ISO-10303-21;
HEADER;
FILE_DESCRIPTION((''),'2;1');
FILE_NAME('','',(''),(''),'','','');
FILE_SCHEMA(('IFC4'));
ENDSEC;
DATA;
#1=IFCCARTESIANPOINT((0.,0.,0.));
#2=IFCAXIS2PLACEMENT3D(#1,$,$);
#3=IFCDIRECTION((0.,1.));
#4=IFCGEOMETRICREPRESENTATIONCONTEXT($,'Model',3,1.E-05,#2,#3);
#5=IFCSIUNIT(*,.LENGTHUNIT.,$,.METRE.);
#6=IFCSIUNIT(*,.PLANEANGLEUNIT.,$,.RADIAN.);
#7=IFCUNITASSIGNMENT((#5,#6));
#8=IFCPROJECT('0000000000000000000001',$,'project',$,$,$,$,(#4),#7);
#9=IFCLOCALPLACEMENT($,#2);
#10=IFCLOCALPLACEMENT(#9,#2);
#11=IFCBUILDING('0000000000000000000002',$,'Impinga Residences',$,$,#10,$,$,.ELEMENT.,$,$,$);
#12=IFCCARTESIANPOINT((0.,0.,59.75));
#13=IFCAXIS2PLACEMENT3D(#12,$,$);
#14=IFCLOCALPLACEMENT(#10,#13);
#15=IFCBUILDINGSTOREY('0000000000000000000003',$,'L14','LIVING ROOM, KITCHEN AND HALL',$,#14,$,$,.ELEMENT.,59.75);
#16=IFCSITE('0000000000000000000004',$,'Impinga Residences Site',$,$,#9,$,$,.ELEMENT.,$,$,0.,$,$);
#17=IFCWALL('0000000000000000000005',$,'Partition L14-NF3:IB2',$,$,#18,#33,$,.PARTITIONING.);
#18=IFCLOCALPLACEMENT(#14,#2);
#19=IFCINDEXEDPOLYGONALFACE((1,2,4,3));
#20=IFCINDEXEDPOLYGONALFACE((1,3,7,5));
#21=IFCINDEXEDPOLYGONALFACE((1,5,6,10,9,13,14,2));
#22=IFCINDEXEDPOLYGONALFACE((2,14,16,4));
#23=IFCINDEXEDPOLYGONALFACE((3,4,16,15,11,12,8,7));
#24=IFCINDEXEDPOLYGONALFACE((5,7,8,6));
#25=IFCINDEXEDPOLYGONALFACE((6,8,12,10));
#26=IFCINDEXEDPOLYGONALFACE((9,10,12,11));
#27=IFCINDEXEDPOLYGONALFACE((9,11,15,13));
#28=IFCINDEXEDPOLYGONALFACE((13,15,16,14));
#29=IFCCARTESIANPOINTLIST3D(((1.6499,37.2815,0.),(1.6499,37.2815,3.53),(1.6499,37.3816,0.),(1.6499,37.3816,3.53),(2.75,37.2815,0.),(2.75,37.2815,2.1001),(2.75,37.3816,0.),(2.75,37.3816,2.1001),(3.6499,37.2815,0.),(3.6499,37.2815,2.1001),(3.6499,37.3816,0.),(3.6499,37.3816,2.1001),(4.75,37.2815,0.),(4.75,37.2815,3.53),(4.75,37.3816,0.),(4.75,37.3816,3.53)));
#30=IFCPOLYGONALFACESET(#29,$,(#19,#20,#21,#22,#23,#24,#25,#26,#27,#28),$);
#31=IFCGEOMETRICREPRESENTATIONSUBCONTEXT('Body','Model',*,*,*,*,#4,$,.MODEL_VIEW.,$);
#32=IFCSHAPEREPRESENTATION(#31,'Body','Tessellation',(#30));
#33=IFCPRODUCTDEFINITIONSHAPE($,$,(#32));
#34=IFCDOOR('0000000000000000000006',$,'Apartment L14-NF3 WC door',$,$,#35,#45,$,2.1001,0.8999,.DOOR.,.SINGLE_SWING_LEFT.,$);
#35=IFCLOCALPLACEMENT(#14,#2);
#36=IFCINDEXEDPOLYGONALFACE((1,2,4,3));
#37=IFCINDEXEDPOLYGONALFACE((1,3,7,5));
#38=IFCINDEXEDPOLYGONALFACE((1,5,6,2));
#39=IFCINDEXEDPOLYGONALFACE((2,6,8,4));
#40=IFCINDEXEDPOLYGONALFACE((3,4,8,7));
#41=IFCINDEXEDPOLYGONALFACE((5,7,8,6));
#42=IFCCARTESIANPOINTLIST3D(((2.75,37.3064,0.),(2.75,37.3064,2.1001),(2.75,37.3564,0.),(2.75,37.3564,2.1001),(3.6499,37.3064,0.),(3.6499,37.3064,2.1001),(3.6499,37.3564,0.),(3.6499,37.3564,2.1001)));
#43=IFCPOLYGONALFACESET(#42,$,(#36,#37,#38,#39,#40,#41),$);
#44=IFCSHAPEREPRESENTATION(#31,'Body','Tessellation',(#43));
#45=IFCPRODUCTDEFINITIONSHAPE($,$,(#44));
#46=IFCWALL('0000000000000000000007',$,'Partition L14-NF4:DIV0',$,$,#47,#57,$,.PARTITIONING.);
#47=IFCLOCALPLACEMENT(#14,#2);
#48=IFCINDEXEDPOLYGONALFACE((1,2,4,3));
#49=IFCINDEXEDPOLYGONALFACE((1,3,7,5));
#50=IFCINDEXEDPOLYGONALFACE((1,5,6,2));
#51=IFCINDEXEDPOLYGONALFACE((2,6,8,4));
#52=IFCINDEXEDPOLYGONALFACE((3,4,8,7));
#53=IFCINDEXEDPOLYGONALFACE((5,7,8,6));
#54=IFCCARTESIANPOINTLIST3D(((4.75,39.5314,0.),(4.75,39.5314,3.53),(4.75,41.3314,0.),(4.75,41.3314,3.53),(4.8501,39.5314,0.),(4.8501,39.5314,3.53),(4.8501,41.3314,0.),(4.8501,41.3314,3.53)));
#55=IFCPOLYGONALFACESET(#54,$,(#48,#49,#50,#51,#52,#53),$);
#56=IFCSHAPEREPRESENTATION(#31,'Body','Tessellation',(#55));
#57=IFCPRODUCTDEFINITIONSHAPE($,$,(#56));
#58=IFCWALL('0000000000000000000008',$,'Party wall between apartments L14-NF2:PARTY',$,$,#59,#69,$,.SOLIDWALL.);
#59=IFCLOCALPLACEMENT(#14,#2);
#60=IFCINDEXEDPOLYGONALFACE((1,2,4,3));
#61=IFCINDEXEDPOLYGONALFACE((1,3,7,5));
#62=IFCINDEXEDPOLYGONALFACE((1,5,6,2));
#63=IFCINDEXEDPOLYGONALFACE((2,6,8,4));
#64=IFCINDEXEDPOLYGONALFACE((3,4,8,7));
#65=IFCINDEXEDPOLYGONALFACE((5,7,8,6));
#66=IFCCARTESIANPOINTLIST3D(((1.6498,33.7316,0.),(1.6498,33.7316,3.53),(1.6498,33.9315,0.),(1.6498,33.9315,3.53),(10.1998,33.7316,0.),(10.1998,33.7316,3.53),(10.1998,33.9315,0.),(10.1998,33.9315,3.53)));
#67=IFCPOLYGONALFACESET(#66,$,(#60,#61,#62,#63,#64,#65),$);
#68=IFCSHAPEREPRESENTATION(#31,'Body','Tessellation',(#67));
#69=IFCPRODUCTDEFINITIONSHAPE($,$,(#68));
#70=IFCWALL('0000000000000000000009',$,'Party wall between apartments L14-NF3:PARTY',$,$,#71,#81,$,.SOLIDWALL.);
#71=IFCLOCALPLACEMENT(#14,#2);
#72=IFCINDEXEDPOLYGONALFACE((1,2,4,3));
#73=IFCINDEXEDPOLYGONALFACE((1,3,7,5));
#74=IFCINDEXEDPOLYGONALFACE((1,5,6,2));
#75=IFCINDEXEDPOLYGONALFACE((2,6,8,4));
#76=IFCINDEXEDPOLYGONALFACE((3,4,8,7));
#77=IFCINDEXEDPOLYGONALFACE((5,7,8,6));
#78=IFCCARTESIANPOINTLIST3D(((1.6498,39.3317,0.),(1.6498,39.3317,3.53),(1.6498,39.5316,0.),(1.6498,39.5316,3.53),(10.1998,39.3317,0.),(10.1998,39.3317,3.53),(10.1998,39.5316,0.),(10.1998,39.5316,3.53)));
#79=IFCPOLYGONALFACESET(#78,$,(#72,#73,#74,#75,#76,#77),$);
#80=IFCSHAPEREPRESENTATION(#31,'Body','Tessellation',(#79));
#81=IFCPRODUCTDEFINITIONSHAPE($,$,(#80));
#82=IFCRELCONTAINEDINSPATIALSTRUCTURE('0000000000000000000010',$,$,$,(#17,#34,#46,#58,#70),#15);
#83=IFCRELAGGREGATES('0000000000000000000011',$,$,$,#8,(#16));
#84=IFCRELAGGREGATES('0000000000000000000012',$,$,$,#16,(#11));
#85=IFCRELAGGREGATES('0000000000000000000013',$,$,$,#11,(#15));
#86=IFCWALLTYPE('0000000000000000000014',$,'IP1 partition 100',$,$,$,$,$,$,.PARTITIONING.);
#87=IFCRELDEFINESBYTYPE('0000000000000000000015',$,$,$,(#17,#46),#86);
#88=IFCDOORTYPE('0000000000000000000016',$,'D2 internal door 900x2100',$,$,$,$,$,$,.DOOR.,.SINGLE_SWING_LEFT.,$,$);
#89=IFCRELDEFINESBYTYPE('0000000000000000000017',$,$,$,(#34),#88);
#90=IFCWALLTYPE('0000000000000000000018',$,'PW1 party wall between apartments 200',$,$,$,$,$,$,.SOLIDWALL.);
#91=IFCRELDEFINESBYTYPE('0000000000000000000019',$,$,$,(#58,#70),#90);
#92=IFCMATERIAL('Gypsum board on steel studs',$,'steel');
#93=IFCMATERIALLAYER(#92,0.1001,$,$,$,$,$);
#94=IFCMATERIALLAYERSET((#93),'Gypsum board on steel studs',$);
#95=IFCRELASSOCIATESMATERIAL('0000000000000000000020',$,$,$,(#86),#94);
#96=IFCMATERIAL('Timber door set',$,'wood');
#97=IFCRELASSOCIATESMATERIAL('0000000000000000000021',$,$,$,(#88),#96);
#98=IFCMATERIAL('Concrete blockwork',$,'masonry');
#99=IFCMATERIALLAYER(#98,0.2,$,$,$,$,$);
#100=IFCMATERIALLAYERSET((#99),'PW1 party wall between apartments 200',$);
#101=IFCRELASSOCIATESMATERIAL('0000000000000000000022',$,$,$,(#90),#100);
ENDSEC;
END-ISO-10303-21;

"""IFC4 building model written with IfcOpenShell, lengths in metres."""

from ifc_helpers import new_model, si_unit, direction, frame, frame_2d, origin, place, context, subcontext, project, spatial, rectangle, extrude, material, layer, layer_set, type_object, element, fill, save


model = new_model("IFC4")

# Units and contexts
model_context = context("Model", 3, precision=1e-05, world=origin(), true_north=direction((0.0, 1.0)))
body_context = subcontext(model_context, "Body", "Model", "MODEL_VIEW")
ifc_project = project(units=[si_unit("LENGTHUNIT", "METRE"), si_unit("PLANEANGLEUNIT", "RADIAN")], contexts=[model_context])

# Site, building, storey
site_placement = place(None, origin())
site = spatial("IfcSite", under=ifc_project, at=site_placement, Name="Impinga Residences Site", CompositionType="ELEMENT", RefElevation=0.0)
building_placement = place(site_placement, origin())
building = spatial("IfcBuilding", under=site, at=building_placement, Name="Impinga Residences", CompositionType="ELEMENT")
storey_placement = place(building_placement, frame((0.0, 0.0, 59.75)))
storey = spatial("IfcBuildingStorey", under=building, at=storey_placement, Name="L14", Description="LIVING ROOM, KITCHEN AND HALL", CompositionType="ELEMENT", Elevation=59.75)

# Shared definitions
ifc_material_1 = material(Name="Gypsum board on steel studs", Category="steel")
ifc_layer_1 = layer(ifc_material_1, 0.1001)
ifc_layer_set_1 = layer_set([ifc_layer_1], Name="Gypsum board on steel studs")
wall_type_1 = type_object("IfcWallType", Name="IP1 partition 100", PredefinedType="PARTITIONING", material=ifc_layer_set_1)

# Shared definitions
ifc_material_2 = material(Name="Timber door set", Category="wood")
door_type = type_object("IfcDoorType", Name="D2 internal door 900x2100", OperationType="SINGLE_SWING_LEFT", PredefinedType="DOOR", material=ifc_material_2)

# Wall, opening, door
wall_1_placement = place(storey_placement, frame((1.6499, 37.3315, 0.0), z_axis=(0.0, 0.0, 1.0), x_axis=(1.0, 0.0, 0.0)))
wall_1 = element("IfcWall", 1, at=wall_1_placement, inside=storey, type_object=wall_type_1, Name="Partition L14-NF3:IB2", PredefinedType="PARTITIONING", context=body_context, shape_type="SweptSolid", body=[
    extrude(rectangle(XDim=3.1001, YDim=0.1001, at=frame_2d((1.55, 0.0))), origin(), (0.0, 0.0, 1.0), 3.53),
])
opening_1_placement = place(wall_1_placement, frame((1.1001, 0.0, 0.0)))
opening_1 = element("IfcOpeningElement", 2, at=opening_1_placement, cuts=wall_1, PredefinedType="OPENING", context=body_context, shape_type="SweptSolid", body=[
    extrude(rectangle(XDim=0.8999, YDim=2.1001, at=frame_2d((0.45, 1.05))), frame((0.0, 0.0601, 0.0), z_axis=(0.0, -1.0, 0.0), x_axis=(1.0, 0.0, 0.0)), (0.0, 0.0, 1.0), 0.1201),
])
door_1_placement = place(opening_1_placement, origin())
door_1 = element("IfcDoor", 3, at=door_1_placement, inside=storey, type_object=door_type, Name="Apartment L14-NF3 WC door", OperationType="SINGLE_SWING_LEFT", OverallHeight=2.1001, OverallWidth=0.8999, PredefinedType="DOOR", context=body_context, shape_type="SweptSolid", body=[
    extrude(rectangle(XDim=0.8999, YDim=2.1001, at=frame_2d((0.45, 1.05))), frame((0.0, 0.0249, 0.0), z_axis=(0.0, -1.0, 0.0), x_axis=(1.0, 0.0, 0.0)), (0.0, 0.0, 1.0), 0.05),
])
fill(opening_1, door_1)

# Walls
wall_2_placement = place(storey_placement, frame((4.8, 39.5315, 0.0), z_axis=(0.0, 0.0, 1.0), x_axis=(0.0, 1.0, 0.0)))
element("IfcWall", 4, at=wall_2_placement, inside=storey, type_object=wall_type_1, Name="Partition L14-NF4:DIV0", PredefinedType="PARTITIONING", context=body_context, shape_type="SweptSolid", body=[
    extrude(rectangle(XDim=1.8, YDim=0.1001, at=frame_2d((0.8999, 0.0))), origin(), (0.0, 0.0, 1.0), 3.53),
])
ifc_material_3 = material(Name="Concrete blockwork", Category="masonry")
ifc_layer_2 = layer(ifc_material_3, 0.2)
ifc_layer_set_2 = layer_set([ifc_layer_2], Name="PW1 party wall between apartments 200")
wall_type_2 = type_object("IfcWallType", Name="PW1 party wall between apartments 200", PredefinedType="SOLIDWALL", material=ifc_layer_set_2)
for number, where, z_axis, x_axis, name in (
    (5, (1.6499, 33.8315, 0.0), (0.0, 0.0, 1.0), (1.0, 0.0, 0.0), "Party wall between apartments L14-NF2:PARTY"),
    (6, (1.6499, 39.4316, 0.0), (0.0, 0.0, 1.0), (1.0, 0.0, 0.0), "Party wall between apartments L14-NF3:PARTY"),
):
    element("IfcWall", number, at=place(storey_placement, frame(where, z_axis=z_axis, x_axis=x_axis)), inside=storey, type_object=wall_type_2, Name=name, PredefinedType="SOLIDWALL", context=body_context, shape_type="SweptSolid", body=[
        extrude(rectangle(XDim=8.55, YDim=0.2, at=frame_2d((4.2749, 0.0))), origin(), (0.0, 0.0, 1.0), 3.53),
    ])

save(model, "model.ifc")
